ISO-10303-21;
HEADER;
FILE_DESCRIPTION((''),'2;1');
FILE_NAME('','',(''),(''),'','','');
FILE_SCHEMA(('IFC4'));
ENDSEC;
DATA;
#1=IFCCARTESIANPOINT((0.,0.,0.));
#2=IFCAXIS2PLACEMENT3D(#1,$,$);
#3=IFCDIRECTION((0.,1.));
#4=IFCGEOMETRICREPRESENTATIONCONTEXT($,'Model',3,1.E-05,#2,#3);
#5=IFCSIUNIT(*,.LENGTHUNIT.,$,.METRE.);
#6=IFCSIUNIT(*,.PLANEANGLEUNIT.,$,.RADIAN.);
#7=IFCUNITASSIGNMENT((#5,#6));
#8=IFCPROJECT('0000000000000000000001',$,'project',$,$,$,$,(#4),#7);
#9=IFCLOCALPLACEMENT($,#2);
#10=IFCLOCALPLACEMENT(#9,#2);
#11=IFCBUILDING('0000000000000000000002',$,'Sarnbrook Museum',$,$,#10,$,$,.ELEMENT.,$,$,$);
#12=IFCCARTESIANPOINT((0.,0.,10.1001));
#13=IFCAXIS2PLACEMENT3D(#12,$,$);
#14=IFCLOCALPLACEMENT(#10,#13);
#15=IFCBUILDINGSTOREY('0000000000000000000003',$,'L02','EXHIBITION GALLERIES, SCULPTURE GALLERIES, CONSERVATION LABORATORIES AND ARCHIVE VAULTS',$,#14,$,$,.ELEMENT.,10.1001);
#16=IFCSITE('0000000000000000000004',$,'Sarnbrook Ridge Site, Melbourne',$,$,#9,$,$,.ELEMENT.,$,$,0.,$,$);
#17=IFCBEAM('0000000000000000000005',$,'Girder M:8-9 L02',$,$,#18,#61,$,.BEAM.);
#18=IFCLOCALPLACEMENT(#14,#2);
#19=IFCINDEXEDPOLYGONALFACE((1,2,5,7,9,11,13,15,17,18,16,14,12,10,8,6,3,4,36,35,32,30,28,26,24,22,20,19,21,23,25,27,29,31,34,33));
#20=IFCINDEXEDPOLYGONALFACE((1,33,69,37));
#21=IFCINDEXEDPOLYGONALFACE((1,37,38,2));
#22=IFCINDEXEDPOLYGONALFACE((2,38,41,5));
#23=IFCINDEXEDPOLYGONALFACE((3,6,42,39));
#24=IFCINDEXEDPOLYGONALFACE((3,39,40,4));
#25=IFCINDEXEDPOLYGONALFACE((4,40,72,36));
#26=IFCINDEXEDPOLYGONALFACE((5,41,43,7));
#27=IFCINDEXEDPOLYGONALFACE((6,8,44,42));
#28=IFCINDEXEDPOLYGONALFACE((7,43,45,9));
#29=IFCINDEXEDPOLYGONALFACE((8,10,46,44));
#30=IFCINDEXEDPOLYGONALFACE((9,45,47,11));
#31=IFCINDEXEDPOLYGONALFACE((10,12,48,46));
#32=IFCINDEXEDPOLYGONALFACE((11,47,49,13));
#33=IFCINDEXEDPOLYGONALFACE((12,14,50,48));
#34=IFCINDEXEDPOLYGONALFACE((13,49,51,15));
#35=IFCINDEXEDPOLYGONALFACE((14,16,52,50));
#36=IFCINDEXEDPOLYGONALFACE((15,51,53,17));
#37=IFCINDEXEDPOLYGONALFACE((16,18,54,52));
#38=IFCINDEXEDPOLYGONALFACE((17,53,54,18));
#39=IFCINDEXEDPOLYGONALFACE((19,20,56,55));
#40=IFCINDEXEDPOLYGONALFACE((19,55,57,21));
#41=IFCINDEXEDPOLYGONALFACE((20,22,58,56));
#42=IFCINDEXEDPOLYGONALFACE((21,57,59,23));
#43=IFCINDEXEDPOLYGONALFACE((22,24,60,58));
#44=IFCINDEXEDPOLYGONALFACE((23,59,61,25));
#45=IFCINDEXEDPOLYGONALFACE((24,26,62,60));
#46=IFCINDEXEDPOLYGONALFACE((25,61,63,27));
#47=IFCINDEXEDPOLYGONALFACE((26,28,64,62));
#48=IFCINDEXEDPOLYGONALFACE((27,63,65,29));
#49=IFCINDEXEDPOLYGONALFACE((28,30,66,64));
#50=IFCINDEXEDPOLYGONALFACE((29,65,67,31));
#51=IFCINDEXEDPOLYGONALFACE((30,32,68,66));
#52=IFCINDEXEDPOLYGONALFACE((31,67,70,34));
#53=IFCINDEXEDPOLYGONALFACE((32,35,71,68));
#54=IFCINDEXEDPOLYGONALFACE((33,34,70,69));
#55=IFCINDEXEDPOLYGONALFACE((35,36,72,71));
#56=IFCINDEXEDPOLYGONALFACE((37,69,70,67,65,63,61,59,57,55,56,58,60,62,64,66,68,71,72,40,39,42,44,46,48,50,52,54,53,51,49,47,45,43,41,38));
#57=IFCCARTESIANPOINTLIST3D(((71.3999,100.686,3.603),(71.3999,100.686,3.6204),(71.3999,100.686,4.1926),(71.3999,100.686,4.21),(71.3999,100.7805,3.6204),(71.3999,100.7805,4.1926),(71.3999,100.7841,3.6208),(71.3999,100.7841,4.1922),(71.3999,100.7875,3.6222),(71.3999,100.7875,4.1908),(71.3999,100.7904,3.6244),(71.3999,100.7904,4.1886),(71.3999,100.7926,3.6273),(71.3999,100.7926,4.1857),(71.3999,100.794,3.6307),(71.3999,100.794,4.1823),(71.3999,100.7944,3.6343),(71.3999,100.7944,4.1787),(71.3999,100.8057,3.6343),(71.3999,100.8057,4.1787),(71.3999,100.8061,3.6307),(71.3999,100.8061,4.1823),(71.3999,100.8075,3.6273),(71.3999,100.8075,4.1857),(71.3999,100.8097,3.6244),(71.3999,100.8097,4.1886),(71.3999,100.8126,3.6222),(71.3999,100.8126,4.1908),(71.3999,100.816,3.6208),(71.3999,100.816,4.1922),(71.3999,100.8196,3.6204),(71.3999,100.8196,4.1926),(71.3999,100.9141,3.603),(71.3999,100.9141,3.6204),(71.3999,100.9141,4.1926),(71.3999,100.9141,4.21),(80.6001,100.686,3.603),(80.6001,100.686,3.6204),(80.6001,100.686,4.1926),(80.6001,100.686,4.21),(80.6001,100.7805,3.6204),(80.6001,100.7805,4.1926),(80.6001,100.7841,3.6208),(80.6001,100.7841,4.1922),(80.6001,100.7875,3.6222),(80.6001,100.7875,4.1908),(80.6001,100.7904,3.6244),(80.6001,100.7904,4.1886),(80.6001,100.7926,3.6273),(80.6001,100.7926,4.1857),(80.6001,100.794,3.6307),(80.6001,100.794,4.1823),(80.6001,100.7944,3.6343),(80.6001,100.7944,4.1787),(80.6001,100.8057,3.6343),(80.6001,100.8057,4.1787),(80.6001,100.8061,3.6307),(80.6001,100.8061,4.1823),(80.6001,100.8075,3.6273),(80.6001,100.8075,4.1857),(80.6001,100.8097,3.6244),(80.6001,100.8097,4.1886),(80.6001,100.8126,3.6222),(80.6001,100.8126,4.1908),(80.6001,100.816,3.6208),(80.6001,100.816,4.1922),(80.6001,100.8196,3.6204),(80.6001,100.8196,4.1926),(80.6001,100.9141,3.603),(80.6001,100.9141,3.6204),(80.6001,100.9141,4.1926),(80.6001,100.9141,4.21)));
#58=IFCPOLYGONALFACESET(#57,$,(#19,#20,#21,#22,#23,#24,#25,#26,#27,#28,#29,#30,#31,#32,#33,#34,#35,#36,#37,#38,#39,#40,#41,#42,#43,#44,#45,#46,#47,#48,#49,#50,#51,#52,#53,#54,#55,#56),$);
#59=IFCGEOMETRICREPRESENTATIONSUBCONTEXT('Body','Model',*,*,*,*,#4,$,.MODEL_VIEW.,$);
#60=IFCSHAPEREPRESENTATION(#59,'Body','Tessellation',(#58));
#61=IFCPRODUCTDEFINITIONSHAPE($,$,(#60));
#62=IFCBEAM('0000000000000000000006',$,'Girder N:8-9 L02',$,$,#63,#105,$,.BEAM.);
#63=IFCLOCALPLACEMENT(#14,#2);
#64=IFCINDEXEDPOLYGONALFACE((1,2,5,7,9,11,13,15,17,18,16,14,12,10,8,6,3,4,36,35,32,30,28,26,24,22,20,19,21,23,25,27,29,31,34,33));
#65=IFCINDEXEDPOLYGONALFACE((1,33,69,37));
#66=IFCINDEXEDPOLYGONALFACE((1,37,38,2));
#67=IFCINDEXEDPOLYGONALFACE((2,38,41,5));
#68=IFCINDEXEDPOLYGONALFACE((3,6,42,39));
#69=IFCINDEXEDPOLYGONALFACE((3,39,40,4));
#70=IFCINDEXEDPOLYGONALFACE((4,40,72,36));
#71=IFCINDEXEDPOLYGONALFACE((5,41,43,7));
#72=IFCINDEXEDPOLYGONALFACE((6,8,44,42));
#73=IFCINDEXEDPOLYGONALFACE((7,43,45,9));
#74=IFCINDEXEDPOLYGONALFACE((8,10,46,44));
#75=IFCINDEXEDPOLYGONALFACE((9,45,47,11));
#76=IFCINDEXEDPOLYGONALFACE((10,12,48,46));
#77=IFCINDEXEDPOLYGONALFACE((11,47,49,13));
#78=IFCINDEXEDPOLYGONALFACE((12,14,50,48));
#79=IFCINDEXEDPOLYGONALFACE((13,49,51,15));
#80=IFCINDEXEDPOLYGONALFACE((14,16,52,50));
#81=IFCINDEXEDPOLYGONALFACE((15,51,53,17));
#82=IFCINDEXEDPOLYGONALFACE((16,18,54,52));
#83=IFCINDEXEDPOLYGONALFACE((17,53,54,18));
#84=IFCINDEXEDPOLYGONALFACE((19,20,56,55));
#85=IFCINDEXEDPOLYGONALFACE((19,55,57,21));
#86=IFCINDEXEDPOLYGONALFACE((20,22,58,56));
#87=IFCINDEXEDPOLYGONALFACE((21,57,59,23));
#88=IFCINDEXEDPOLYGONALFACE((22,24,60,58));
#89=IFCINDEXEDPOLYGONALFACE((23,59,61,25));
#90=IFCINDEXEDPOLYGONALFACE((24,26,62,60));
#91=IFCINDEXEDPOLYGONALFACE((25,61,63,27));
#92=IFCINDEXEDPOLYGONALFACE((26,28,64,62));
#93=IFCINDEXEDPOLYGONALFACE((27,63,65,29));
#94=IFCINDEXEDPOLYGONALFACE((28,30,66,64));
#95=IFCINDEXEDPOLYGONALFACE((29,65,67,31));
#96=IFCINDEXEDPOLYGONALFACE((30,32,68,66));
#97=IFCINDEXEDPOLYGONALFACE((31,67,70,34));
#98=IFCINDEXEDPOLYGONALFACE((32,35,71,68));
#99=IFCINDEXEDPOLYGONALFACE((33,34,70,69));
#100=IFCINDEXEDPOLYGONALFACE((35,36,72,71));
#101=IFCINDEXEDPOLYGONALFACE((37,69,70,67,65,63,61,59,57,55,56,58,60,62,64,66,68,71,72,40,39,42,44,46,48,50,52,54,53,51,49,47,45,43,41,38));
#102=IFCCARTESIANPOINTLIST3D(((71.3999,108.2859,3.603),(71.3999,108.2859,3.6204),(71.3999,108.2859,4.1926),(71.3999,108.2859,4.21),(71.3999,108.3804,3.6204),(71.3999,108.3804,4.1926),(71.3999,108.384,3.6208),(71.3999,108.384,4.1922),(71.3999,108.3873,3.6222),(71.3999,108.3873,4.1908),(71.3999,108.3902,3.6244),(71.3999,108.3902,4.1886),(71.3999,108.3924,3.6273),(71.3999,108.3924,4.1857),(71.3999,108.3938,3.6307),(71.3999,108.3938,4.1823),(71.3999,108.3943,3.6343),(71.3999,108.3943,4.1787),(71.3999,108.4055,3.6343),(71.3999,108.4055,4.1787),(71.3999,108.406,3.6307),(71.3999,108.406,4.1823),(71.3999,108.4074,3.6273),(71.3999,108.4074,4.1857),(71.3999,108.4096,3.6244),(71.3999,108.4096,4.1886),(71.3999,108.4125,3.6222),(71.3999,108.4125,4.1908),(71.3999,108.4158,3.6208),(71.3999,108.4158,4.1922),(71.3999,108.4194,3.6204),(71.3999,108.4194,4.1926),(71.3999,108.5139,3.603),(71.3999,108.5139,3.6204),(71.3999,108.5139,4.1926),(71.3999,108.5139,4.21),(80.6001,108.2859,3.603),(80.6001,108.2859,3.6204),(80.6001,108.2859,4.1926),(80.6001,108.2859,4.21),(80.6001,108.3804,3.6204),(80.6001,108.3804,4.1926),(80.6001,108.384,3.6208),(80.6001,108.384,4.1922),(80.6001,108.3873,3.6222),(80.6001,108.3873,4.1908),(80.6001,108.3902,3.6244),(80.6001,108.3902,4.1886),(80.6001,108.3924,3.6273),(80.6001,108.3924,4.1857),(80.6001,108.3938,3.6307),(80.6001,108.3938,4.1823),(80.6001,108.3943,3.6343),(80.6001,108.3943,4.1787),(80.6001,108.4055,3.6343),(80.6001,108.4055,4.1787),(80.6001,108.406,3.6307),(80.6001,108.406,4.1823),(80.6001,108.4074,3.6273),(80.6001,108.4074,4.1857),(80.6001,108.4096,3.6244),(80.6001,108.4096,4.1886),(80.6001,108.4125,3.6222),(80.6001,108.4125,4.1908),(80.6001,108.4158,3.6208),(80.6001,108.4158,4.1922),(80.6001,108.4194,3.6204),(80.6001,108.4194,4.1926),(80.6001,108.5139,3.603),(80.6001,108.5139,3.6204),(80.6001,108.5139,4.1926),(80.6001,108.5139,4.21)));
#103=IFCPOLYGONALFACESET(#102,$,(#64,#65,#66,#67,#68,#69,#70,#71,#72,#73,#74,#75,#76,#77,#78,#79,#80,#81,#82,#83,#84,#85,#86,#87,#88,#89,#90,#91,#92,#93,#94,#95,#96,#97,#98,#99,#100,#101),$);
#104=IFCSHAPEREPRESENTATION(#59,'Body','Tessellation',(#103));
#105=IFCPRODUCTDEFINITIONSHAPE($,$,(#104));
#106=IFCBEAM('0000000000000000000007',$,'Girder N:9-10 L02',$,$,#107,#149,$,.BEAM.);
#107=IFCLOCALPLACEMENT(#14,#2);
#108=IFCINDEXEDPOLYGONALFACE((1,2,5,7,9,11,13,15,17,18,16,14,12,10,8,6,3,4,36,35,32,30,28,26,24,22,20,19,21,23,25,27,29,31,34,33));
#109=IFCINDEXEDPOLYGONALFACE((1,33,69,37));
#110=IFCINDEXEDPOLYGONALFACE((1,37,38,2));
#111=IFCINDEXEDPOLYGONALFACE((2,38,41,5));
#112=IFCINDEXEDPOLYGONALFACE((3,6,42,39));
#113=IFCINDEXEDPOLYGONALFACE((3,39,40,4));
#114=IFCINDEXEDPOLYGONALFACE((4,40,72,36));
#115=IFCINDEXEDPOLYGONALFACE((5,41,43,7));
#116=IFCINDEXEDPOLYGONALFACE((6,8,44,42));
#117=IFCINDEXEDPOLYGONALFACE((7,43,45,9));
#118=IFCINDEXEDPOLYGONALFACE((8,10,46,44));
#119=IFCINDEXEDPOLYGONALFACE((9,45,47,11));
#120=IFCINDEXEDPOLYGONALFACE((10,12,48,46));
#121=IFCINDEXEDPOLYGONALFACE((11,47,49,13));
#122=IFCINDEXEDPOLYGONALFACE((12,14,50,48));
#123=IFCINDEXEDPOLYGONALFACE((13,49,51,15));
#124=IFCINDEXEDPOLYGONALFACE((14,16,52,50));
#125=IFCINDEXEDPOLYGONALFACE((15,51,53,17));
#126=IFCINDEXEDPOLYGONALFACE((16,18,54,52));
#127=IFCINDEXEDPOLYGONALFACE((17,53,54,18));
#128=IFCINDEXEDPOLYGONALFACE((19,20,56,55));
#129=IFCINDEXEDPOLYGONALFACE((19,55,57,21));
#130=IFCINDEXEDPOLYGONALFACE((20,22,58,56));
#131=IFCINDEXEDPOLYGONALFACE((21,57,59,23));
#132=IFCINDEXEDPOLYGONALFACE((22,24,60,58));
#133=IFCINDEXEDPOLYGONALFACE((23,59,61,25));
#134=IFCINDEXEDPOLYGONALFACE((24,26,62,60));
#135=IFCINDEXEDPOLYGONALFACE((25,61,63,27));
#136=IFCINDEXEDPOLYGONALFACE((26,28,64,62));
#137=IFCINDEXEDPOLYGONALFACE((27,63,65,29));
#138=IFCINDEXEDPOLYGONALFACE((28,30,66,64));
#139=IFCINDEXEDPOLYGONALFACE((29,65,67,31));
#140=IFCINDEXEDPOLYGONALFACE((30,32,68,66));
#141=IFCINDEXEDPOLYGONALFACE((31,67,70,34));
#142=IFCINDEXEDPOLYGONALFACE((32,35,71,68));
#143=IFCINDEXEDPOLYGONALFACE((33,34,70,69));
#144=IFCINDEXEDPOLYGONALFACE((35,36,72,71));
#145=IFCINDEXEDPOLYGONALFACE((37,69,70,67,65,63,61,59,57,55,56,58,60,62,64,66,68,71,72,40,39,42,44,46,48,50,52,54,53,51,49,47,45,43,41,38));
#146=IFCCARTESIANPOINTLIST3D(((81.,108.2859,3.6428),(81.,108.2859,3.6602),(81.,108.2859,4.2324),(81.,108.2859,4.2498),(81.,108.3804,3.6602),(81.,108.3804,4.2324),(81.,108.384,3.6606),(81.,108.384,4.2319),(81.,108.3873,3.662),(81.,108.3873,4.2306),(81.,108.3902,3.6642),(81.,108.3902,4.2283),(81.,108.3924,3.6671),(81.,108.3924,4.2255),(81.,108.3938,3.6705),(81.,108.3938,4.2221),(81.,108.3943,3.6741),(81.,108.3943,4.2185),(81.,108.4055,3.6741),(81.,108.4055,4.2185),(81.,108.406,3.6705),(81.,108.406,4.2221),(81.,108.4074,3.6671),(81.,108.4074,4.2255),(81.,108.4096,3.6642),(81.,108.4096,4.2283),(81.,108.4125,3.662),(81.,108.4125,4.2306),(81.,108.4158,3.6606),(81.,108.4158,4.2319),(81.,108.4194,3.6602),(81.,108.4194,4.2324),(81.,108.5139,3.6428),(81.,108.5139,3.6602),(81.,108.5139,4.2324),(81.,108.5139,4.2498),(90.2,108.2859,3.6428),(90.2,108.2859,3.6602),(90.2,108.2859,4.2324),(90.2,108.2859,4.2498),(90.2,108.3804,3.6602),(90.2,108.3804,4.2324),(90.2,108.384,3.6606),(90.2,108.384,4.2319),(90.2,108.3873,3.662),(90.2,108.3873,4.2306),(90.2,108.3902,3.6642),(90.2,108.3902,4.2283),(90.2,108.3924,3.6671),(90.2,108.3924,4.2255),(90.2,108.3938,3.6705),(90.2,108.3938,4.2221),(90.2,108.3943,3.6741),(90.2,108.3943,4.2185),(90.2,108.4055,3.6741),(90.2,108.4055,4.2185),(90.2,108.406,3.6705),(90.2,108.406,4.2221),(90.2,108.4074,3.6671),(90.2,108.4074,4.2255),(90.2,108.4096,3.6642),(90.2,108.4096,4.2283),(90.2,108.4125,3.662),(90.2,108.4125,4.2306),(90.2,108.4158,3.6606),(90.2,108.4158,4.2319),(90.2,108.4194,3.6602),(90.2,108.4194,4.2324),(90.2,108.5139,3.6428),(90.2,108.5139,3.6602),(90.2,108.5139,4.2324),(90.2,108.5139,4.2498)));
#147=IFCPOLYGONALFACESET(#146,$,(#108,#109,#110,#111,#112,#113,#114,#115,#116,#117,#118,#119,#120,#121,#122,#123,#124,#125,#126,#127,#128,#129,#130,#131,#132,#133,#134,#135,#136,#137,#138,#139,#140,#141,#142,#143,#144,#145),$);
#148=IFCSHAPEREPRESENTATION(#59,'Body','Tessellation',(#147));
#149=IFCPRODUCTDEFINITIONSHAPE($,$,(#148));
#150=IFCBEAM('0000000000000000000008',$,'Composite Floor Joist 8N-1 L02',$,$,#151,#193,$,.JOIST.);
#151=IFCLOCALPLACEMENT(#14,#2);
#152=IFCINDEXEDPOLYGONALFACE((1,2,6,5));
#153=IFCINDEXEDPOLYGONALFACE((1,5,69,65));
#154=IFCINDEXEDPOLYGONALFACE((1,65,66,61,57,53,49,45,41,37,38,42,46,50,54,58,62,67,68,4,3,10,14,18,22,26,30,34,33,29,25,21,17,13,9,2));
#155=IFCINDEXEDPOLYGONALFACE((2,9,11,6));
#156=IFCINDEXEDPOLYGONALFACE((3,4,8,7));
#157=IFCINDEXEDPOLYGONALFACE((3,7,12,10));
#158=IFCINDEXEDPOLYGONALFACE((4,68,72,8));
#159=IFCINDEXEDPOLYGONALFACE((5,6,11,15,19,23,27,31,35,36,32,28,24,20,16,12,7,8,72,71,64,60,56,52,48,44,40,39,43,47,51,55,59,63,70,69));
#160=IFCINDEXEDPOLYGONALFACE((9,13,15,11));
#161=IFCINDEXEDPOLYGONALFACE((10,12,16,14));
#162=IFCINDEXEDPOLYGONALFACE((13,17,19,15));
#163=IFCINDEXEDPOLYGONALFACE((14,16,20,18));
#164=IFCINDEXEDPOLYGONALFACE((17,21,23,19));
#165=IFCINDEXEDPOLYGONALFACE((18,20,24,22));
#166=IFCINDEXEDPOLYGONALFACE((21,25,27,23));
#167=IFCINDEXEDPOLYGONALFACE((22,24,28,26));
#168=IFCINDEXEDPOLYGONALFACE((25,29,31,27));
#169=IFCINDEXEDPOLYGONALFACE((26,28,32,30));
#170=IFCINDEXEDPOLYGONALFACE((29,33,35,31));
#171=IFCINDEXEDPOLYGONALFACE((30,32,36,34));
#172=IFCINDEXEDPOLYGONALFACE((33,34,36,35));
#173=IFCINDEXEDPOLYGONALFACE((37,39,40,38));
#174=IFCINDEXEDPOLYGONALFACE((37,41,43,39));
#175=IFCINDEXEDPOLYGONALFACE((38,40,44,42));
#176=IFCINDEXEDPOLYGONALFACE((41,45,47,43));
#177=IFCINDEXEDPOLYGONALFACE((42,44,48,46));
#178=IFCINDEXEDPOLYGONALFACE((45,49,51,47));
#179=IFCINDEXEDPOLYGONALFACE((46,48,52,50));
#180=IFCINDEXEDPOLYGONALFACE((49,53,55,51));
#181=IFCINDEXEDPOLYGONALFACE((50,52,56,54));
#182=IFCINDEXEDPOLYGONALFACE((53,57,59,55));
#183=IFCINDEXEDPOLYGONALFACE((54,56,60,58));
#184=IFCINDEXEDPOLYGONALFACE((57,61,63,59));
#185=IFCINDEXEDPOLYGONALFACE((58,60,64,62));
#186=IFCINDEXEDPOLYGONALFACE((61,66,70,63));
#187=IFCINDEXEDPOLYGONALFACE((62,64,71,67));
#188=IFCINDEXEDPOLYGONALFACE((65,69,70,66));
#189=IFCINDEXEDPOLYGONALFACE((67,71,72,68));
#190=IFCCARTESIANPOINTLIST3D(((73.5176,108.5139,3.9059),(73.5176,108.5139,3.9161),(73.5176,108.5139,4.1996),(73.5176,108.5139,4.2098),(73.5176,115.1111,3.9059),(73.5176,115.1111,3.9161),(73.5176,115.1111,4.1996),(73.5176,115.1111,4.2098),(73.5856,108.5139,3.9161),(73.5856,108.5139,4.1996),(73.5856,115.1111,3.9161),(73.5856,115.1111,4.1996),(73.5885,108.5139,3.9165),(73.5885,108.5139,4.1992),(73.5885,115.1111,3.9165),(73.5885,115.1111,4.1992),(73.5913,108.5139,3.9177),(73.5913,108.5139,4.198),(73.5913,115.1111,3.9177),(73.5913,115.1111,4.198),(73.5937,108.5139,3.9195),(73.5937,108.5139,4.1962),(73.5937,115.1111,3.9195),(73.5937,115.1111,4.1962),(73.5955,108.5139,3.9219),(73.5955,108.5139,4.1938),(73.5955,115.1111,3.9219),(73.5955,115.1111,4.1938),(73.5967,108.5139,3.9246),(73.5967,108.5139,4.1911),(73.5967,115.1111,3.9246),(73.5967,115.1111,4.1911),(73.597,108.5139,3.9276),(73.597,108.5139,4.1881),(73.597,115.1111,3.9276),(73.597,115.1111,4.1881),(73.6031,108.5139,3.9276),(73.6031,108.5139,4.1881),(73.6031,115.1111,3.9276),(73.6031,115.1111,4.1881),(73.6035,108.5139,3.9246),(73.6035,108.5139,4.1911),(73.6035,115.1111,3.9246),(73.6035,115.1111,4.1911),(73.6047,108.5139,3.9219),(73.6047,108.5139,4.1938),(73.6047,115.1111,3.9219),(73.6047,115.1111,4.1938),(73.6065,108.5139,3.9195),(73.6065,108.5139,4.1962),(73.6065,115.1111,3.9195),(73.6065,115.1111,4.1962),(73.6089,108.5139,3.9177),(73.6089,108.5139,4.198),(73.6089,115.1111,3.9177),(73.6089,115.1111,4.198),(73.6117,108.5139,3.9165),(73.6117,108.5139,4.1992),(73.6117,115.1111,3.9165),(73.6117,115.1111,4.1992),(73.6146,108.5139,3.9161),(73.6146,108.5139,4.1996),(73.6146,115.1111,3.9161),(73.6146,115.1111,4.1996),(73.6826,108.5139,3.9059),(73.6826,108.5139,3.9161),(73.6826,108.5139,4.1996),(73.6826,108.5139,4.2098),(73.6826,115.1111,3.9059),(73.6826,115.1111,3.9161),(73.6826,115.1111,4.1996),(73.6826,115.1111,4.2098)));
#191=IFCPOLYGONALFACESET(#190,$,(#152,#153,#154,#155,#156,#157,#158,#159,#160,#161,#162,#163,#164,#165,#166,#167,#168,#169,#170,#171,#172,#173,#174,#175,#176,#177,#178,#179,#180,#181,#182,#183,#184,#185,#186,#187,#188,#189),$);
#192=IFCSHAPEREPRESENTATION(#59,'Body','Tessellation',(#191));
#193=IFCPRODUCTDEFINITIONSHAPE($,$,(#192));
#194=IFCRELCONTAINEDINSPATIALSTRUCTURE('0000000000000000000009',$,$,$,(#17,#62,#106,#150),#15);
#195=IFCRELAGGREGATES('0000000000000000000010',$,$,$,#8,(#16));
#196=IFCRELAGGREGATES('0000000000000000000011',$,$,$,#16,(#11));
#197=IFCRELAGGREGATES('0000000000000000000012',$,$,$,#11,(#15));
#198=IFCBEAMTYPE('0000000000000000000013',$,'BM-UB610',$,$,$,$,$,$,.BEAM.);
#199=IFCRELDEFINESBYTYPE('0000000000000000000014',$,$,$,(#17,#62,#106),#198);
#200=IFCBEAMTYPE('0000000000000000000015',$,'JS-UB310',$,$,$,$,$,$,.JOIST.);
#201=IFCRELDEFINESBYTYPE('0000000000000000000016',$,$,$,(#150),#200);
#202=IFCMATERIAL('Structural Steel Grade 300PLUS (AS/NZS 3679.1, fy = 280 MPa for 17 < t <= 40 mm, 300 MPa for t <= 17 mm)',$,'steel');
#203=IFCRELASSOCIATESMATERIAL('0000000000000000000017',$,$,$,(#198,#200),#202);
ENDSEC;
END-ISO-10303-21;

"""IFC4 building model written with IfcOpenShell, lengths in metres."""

from ifc_helpers import new_model, si_unit, direction, frame, origin, origin_2d, place, context, subcontext, project, spatial, i_section, extrude, material, material_profile, profile_set, type_object, element, save


model = new_model("IFC4")

# Units and contexts
model_context = context("Model", 3, precision=1e-05, world=origin(), true_north=direction((0.0, 1.0)))
body_context = subcontext(model_context, "Body", "Model", "MODEL_VIEW")
ifc_project = project(units=[si_unit("LENGTHUNIT", "METRE"), si_unit("PLANEANGLEUNIT", "RADIAN")], contexts=[model_context])

# Site, building, storey
site_placement = place(None, origin())
site = spatial("IfcSite", under=ifc_project, at=site_placement, Name="Sarnbrook Ridge Site, Melbourne", CompositionType="ELEMENT", RefElevation=0.0)
building_placement = place(site_placement, origin())
building = spatial("IfcBuilding", under=site, at=building_placement, Name="Sarnbrook Museum", CompositionType="ELEMENT")
storey_placement = place(building_placement, frame((0.0, 0.0, 10.1001)))
storey = spatial("IfcBuildingStorey", under=building, at=storey_placement, Name="L02", Description="EXHIBITION GALLERIES, SCULPTURE GALLERIES, CONSERVATION LABORATORIES AND ARCHIVE VAULTS", CompositionType="ELEMENT", Elevation=10.1001)

# Shared definitions
ifc_material_1 = material(Name="Structural Steel Grade 300PLUS (AS/NZS 3679.1, fy = 280 MPa for 17 < t <= 40 mm, 300 MPa for t <= 17 mm)", Category="steel")

# Beams
ifc_material_profile_1 = material_profile(ifc_material_1, i_section(OverallWidth=0.228, OverallDepth=0.6069, WebThickness=0.0112, FlangeThickness=0.0173, FilletRadius=0.0139, at=origin_2d()), Name="610UB113")
ifc_profile_set_1 = profile_set([ifc_material_profile_1], Name="Structural Steel Grade 300PLUS (AS/NZS 3679.1, fy = 280 MPa for 17 < t <= 40 mm, 300 MPa for t <= 17 mm)")
beam_type_1 = type_object("IfcBeamType", Name="BM-UB610", PredefinedType="BEAM", material=ifc_profile_set_1)
for number, where, z_axis, x_axis, name in (
    (1, (71.3999, 100.8, 3.9065), (1.0, 0.0, 0.0), (0.0, 1.0, 0.0), "Girder M:8-9 L02"),
    (2, (71.3999, 108.3999, 3.9065), (1.0, 0.0, 0.0), (0.0, 1.0, 0.0), "Girder N:8-9 L02"),
):
    element("IfcBeam", number, at=place(storey_placement, frame(where, z_axis=z_axis, x_axis=x_axis)), inside=storey, type_object=beam_type_1, Name=name, PredefinedType="BEAM", context=body_context, shape_type="SweptSolid", body=[
        extrude(i_section(OverallWidth=0.228, OverallDepth=0.6069, WebThickness=0.0112, FlangeThickness=0.0173, FilletRadius=0.0139, at=origin_2d()), origin(), (0.0, 0.0, 1.0), 9.2002),
    ])
beam_1_placement = place(storey_placement, frame((81.0, 108.3999, 3.9463), z_axis=(1.0, 0.0, 0.0), x_axis=(0.0, 1.0, 0.0)))
element("IfcBeam", 3, at=beam_1_placement, inside=storey, type_object=beam_type_1, Name="Girder N:9-10 L02", PredefinedType="BEAM", context=body_context, shape_type="SweptSolid", body=[
    extrude(i_section(OverallWidth=0.228, OverallDepth=0.6069, WebThickness=0.0112, FlangeThickness=0.0173, FilletRadius=0.0139, at=origin_2d()), origin(), (0.0, 0.0, 1.0), 9.2),
])
ifc_material_profile_2 = material_profile(ifc_material_1, i_section(OverallWidth=0.165, OverallDepth=0.304, WebThickness=0.0061, FlangeThickness=0.0103, FilletRadius=0.0115, at=origin_2d()), Name="310UB40.4")
ifc_profile_set_2 = profile_set([ifc_material_profile_2], Name="Structural Steel Grade 300PLUS (AS/NZS 3679.1, fy = 280 MPa for 17 < t <= 40 mm, 300 MPa for t <= 17 mm)")
beam_type_2 = type_object("IfcBeamType", Name="JS-UB310", PredefinedType="JOIST", material=ifc_profile_set_2)
for number, where, z_axis, x_axis, name in (
    (4, (73.6001, 108.5139, 4.0579), (0.0, 1.0, 0.0), (-1.0, 0.0, 0.0), "Composite Floor Joist 8N-1 L02"),
):
    element("IfcBeam", number, at=place(storey_placement, frame(where, z_axis=z_axis, x_axis=x_axis)), inside=storey, type_object=beam_type_2, Name=name, PredefinedType="JOIST", context=body_context, shape_type="SweptSolid", body=[
        extrude(i_section(OverallWidth=0.165, OverallDepth=0.304, WebThickness=0.0061, FlangeThickness=0.0103, FilletRadius=0.0115, at=origin_2d()), origin(), (0.0, 0.0, 1.0), 6.5972),
    ])

save(model, "model.ifc")
